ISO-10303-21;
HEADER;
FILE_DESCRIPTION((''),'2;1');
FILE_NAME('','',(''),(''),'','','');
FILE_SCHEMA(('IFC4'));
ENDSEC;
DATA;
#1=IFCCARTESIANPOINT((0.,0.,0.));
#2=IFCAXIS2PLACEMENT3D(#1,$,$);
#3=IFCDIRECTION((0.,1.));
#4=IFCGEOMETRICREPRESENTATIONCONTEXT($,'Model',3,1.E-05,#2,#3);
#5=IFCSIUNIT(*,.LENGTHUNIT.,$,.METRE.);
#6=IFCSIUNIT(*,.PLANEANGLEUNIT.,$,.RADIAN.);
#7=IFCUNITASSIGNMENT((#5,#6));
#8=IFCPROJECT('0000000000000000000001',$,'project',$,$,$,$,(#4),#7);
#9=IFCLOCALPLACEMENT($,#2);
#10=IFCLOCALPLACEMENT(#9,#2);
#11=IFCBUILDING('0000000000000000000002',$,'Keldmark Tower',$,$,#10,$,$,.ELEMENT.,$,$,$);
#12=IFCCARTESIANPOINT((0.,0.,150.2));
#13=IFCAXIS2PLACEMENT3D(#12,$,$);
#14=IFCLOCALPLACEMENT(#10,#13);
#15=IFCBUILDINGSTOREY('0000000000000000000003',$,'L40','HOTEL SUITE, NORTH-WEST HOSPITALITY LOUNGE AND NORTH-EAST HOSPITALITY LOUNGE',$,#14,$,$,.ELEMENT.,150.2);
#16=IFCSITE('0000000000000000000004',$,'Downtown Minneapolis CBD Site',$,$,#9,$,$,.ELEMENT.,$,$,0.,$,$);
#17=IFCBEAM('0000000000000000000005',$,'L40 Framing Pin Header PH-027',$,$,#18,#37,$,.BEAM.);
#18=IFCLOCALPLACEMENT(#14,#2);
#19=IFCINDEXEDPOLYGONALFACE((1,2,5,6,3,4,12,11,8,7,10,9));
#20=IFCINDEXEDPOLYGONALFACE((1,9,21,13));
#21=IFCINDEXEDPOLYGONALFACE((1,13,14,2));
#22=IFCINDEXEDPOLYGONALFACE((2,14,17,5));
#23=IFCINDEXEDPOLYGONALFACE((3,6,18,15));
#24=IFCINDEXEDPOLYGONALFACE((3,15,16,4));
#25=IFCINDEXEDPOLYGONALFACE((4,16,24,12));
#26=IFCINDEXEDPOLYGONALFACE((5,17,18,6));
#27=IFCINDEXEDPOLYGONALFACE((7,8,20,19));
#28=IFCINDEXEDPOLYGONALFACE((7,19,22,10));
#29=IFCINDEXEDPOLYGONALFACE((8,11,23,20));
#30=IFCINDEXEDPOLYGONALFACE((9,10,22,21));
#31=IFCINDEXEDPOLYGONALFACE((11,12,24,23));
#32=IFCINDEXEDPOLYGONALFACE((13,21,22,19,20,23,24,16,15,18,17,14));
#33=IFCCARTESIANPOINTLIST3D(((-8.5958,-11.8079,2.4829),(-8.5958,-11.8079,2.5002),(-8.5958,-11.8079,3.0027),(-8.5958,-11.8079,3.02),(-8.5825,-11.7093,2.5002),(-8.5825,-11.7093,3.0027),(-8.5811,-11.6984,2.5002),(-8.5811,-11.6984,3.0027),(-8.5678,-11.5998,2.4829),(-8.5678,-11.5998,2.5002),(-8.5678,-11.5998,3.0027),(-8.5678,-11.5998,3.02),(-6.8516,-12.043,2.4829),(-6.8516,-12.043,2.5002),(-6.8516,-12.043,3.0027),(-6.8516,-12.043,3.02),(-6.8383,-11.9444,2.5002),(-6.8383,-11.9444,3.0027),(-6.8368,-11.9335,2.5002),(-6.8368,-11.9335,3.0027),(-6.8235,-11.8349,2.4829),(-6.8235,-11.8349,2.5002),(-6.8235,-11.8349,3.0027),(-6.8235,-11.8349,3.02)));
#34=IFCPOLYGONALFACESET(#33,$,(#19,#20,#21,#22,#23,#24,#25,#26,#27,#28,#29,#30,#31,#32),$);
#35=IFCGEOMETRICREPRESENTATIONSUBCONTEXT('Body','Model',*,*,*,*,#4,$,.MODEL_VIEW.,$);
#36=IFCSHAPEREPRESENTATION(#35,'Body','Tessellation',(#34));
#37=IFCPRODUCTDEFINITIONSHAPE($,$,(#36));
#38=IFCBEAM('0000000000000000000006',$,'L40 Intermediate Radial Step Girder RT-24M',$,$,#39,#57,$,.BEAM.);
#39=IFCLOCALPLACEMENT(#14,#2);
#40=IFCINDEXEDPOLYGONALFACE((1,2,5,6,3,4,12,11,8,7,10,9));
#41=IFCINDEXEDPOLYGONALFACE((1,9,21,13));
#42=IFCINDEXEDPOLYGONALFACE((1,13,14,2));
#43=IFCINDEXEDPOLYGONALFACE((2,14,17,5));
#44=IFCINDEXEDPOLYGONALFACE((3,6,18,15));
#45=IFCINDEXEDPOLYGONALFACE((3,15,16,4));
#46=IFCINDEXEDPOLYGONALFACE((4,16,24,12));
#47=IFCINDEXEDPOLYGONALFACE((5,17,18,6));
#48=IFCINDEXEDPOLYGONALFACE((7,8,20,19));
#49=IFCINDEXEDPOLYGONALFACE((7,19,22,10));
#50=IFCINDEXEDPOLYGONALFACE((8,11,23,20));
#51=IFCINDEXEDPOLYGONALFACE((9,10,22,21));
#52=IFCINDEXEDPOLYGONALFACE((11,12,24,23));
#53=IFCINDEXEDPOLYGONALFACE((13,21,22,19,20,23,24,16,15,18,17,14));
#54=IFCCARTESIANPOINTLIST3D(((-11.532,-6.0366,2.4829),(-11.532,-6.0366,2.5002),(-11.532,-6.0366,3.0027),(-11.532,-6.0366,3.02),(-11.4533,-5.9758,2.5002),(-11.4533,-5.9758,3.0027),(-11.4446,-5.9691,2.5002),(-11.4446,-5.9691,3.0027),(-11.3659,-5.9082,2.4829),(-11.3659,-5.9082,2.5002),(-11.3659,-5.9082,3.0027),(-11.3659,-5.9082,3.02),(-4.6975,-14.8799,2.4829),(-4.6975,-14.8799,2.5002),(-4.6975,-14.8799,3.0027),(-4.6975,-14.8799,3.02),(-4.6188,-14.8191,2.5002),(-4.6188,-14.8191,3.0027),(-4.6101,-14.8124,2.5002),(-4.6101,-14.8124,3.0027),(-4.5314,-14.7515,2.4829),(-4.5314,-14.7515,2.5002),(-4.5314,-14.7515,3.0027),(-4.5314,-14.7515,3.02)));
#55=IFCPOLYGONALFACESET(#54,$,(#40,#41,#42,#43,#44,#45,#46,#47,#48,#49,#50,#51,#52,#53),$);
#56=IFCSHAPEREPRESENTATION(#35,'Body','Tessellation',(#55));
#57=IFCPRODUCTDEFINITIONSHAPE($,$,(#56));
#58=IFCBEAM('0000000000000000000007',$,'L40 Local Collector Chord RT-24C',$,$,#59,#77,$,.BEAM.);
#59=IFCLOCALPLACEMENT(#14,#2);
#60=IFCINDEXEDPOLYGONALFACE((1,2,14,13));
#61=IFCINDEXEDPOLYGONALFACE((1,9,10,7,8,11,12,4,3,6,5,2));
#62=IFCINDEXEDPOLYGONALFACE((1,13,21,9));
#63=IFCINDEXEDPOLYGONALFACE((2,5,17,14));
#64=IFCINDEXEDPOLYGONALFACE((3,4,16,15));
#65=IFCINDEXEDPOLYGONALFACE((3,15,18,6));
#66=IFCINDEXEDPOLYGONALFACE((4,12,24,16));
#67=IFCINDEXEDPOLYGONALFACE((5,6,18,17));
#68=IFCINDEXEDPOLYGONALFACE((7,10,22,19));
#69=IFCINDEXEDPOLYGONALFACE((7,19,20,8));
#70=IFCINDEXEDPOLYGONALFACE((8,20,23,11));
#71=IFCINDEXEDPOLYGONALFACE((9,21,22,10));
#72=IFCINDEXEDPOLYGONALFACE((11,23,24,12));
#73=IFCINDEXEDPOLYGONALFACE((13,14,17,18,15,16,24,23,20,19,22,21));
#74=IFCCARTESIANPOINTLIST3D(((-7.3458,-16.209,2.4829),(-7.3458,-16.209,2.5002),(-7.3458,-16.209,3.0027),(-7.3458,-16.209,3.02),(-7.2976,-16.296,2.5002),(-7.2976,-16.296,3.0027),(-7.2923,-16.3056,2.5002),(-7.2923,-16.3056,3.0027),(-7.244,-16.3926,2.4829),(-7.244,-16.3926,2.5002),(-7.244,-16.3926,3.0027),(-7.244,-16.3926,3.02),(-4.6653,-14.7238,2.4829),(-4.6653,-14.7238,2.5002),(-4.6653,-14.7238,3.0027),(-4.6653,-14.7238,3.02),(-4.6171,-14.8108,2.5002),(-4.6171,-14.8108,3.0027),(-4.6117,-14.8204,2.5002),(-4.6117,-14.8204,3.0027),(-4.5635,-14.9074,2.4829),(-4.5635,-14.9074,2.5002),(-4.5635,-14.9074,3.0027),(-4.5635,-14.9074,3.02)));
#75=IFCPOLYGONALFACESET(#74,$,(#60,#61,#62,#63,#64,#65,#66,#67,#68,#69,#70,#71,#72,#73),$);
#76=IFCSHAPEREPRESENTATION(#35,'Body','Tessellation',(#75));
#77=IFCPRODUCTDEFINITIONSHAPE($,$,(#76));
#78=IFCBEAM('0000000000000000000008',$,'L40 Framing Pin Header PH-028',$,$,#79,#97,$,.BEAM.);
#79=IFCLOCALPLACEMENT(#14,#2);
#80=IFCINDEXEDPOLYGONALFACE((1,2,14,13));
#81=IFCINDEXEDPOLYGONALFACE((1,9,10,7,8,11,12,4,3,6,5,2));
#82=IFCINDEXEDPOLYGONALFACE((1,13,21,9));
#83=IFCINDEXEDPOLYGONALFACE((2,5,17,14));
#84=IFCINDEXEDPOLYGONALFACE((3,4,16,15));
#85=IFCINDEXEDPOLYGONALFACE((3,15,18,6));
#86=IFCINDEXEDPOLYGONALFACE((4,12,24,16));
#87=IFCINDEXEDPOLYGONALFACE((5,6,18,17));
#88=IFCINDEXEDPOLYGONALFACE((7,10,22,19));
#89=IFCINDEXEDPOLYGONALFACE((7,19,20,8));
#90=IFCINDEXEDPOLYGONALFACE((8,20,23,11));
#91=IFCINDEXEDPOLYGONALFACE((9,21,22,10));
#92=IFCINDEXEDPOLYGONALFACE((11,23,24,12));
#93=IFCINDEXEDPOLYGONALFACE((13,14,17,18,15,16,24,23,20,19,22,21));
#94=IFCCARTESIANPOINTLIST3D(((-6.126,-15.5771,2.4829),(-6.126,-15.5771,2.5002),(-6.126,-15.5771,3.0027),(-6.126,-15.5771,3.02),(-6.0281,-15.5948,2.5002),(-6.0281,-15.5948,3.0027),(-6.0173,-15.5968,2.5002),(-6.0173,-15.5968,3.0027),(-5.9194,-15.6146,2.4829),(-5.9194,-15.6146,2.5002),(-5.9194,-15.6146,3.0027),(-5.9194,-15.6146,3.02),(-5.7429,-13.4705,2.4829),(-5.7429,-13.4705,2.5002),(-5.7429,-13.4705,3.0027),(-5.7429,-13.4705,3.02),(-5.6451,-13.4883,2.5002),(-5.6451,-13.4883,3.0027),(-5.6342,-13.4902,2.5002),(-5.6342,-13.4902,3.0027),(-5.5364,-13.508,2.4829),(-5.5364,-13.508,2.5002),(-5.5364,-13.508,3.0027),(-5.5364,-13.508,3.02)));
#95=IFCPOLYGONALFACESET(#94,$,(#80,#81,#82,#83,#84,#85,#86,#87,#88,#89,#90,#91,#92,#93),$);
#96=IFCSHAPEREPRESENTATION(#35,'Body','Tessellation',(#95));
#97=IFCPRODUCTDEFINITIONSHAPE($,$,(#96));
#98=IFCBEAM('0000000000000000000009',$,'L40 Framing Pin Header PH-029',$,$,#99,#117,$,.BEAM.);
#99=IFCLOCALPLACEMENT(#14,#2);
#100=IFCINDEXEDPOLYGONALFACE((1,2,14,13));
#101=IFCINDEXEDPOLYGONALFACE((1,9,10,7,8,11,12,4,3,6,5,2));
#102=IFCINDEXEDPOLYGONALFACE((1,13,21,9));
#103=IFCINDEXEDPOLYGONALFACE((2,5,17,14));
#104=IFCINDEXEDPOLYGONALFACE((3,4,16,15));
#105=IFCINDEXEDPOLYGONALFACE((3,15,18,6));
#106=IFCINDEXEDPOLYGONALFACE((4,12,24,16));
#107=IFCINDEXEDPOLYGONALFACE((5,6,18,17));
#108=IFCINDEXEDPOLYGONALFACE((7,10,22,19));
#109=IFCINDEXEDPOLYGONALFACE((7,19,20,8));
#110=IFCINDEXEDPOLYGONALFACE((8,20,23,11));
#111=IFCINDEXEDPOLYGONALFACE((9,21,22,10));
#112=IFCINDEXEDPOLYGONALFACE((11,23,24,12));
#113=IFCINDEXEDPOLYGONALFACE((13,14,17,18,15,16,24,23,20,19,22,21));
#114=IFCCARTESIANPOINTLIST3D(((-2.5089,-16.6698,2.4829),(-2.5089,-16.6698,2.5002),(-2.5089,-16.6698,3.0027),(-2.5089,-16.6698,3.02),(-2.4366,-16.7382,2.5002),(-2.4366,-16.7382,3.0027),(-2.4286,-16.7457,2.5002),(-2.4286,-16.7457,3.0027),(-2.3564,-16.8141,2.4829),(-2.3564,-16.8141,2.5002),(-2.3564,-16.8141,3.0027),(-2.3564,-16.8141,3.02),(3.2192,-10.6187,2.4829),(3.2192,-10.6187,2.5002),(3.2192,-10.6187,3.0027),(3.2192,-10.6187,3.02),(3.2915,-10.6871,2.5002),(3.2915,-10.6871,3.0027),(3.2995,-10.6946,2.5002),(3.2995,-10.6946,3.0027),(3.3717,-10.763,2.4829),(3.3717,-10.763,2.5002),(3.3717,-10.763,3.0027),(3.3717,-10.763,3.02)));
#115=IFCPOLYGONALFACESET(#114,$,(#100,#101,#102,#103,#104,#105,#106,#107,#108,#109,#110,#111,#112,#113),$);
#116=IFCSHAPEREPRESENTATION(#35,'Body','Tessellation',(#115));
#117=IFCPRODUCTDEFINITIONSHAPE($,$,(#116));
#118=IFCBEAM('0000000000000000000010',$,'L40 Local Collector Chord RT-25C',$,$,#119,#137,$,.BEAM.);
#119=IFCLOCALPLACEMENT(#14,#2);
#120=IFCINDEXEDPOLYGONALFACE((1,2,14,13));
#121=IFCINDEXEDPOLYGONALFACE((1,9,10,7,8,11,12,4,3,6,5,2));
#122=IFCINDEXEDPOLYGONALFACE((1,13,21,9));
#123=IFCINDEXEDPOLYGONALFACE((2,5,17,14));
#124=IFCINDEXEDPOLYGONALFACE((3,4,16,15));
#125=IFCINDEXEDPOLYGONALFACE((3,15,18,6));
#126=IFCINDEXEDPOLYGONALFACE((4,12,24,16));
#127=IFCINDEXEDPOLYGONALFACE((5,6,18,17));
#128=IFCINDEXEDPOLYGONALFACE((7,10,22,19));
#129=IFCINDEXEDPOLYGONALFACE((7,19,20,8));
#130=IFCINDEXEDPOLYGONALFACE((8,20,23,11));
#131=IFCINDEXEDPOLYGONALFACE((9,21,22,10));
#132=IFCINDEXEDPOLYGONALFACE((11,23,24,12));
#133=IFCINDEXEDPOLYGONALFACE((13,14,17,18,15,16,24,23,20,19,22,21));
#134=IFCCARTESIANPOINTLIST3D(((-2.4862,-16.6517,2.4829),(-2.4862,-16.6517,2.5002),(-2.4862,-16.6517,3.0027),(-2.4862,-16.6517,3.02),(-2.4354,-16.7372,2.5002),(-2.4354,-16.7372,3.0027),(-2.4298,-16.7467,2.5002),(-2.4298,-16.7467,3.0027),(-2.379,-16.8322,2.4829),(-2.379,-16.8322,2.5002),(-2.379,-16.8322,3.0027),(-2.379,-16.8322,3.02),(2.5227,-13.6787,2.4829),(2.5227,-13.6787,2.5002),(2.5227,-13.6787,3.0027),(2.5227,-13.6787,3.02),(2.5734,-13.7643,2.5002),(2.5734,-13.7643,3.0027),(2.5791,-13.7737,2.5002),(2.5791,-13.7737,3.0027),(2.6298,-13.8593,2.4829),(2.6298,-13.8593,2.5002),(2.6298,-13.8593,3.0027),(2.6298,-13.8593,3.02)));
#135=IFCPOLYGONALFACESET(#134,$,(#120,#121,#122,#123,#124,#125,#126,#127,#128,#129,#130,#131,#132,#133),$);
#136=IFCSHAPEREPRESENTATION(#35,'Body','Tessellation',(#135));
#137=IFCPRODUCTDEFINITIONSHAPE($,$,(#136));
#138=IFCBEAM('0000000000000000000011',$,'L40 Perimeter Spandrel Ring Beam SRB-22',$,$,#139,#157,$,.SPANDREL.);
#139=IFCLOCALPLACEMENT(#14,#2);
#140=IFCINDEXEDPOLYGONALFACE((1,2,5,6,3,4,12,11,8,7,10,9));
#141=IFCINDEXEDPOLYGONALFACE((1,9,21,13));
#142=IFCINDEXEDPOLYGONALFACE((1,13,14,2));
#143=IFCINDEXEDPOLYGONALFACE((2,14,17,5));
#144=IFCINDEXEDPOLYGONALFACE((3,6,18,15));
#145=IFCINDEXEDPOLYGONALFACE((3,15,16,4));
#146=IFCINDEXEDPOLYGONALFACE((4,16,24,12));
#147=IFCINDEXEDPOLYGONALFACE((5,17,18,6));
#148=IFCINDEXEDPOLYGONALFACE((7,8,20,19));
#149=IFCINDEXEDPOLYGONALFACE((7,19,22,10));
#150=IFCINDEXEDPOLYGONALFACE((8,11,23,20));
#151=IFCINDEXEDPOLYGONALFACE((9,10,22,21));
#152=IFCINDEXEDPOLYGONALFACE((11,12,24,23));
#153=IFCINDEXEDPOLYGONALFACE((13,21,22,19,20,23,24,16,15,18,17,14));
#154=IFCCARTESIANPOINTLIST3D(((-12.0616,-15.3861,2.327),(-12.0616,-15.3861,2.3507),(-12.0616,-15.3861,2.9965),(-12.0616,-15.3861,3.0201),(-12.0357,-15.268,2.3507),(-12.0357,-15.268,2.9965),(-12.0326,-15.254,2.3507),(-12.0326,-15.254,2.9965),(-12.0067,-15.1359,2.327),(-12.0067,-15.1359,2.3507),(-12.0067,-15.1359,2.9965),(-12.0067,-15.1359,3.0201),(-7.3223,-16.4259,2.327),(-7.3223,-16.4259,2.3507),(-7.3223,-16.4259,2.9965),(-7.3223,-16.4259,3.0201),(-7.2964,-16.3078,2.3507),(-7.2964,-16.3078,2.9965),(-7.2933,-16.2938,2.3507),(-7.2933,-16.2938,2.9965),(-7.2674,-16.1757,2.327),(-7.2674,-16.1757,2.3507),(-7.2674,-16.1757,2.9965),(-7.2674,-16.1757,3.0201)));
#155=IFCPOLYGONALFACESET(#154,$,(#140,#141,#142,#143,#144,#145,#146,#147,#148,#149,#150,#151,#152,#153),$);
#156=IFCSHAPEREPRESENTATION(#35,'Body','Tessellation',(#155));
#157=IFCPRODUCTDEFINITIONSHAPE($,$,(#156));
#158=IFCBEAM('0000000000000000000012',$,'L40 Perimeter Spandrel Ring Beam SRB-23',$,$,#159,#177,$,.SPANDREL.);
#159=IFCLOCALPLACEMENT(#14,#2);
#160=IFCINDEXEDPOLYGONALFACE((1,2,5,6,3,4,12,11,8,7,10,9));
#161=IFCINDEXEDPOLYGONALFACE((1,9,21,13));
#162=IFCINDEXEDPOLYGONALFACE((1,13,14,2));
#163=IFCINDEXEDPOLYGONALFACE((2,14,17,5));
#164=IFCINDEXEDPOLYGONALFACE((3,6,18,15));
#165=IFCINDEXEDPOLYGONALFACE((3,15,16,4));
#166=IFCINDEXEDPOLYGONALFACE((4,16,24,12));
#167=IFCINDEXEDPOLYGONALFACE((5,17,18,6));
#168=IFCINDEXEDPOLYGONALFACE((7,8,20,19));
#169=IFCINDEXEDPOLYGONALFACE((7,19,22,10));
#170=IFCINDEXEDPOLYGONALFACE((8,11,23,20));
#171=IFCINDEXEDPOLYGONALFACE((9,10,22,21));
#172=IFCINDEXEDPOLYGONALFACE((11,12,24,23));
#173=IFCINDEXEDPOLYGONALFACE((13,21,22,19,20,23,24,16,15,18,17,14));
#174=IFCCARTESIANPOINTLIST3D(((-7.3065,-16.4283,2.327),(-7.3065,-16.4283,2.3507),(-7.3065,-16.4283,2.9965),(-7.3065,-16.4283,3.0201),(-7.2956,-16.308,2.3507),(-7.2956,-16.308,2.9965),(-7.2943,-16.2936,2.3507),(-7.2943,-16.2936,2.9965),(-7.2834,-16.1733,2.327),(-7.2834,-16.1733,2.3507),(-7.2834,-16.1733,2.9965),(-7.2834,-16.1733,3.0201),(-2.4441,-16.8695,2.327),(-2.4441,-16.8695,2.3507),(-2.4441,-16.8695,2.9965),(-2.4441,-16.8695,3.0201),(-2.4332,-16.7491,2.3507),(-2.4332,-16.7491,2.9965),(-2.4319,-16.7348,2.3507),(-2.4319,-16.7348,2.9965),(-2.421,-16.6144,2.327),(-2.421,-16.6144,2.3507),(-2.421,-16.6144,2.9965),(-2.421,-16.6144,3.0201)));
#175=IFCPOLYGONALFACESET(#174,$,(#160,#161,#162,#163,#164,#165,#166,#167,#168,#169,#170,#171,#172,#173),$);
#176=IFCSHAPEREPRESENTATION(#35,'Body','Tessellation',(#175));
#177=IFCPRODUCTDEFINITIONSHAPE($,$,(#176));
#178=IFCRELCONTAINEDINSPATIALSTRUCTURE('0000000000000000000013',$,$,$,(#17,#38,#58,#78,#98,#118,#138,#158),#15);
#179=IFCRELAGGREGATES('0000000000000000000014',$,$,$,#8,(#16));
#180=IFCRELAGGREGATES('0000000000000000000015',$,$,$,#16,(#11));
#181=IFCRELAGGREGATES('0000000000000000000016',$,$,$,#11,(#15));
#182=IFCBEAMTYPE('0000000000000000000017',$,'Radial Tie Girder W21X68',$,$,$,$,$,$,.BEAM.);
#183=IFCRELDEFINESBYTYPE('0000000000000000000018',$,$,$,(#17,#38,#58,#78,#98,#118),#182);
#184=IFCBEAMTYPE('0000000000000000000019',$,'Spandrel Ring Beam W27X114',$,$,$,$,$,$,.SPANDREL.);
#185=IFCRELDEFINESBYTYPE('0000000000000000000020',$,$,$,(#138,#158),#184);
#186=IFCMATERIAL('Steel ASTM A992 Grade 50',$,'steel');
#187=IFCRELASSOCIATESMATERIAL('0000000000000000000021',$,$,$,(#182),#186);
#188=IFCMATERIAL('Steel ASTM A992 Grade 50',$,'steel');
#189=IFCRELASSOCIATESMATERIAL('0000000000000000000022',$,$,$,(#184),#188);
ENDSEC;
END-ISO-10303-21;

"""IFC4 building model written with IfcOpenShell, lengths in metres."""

from ifc_helpers import new_model, si_unit, direction, frame, origin, origin_2d, place, context, subcontext, project, spatial, i_section, extrude, material, material_profile, profile_set, type_object, element, save


model = new_model("IFC4")

# Units and contexts
model_context = context("Model", 3, precision=1e-05, world=origin(), true_north=direction((0.0, 1.0)))
body_context = subcontext(model_context, "Body", "Model", "MODEL_VIEW")
ifc_project = project(units=[si_unit("LENGTHUNIT", "METRE"), si_unit("PLANEANGLEUNIT", "RADIAN")], contexts=[model_context])

# Site, building, storey
site_placement = place(None, origin())
site = spatial("IfcSite", under=ifc_project, at=site_placement, Name="Downtown Minneapolis CBD Site", CompositionType="ELEMENT", RefElevation=0.0)
building_placement = place(site_placement, origin())
building = spatial("IfcBuilding", under=site, at=building_placement, Name="Keldmark Tower", CompositionType="ELEMENT")
storey_placement = place(building_placement, frame((0.0, 0.0, 150.2)))
storey = spatial("IfcBuildingStorey", under=building, at=storey_placement, Name="L40", Description="HOTEL SUITE, NORTH-WEST HOSPITALITY LOUNGE AND NORTH-EAST HOSPITALITY LOUNGE", CompositionType="ELEMENT", Elevation=150.2)

# Beams
ifc_material_1 = material(Name="Steel ASTM A992 Grade 50", Category="steel")
ifc_material_profile_1 = material_profile(ifc_material_1, i_section(OverallWidth=0.21, OverallDepth=0.5371, WebThickness=0.011, FlangeThickness=0.0173, at=origin_2d()), Name="W21X68")
ifc_profile_set_1 = profile_set([ifc_material_profile_1], Name="Steel ASTM A992 Grade 50")
beam_type_1 = type_object("IfcBeamType", Name="Radial Tie Girder W21X68", PredefinedType="BEAM", material=ifc_profile_set_1)
beam_1_placement = place(storey_placement, frame((-8.5818, -11.7039, 2.7515), z_axis=(0.991037, -0.13359, 0.0), x_axis=(0.13359, 0.991037, 0.0)))
element("IfcBeam", 1, at=beam_1_placement, inside=storey, type_object=beam_type_1, Name="L40 Framing Pin Header PH-027", PredefinedType="BEAM", context=body_context, shape_type="SweptSolid", body=[
    extrude(i_section(OverallWidth=0.21, OverallDepth=0.5371, WebThickness=0.011, FlangeThickness=0.0173, at=origin_2d()), origin(), (0.0, 0.0, 1.0), 1.76),
])
beam_2_placement = place(storey_placement, frame((-11.449, -5.9724, 2.7515), z_axis=(0.611506, -0.79124, 0.0), x_axis=(0.79124, 0.611506, 0.0)))
element("IfcBeam", 2, at=beam_2_placement, inside=storey, type_object=beam_type_1, Name="L40 Intermediate Radial Step Girder RT-24M", PredefinedType="BEAM", context=body_context, shape_type="SweptSolid", body=[
    extrude(i_section(OverallWidth=0.21, OverallDepth=0.5371, WebThickness=0.011, FlangeThickness=0.0173, at=origin_2d()), origin(), (0.0, 0.0, 1.0), 11.1765),
])
beam_3_placement = place(storey_placement, frame((-7.2949, -16.3008, 2.7515), z_axis=(0.874713, 0.484641, 0.0), x_axis=(-0.484641, 0.874713, 0.0)))
element("IfcBeam", 3, at=beam_3_placement, inside=storey, type_object=beam_type_1, Name="L40 Local Collector Chord RT-24C", PredefinedType="BEAM", context=body_context, shape_type="SweptSolid", body=[
    extrude(i_section(OverallWidth=0.21, OverallDepth=0.5371, WebThickness=0.011, FlangeThickness=0.0173, at=origin_2d()), origin(), (0.0, 0.0, 1.0), 3.0645),
])
beam_4_placement = place(storey_placement, frame((-5.6396, -13.4893, 2.7515), z_axis=(-0.178895, -0.983868, 0.0), x_axis=(0.983868, -0.178895, 0.0)))
element("IfcBeam", 4, at=beam_4_placement, inside=storey, type_object=beam_type_1, Name="L40 Framing Pin Header PH-028", PredefinedType="BEAM", context=body_context, shape_type="SweptSolid", body=[
    extrude(i_section(OverallWidth=0.21, OverallDepth=0.5371, WebThickness=0.011, FlangeThickness=0.0173, at=origin_2d()), origin(), (0.0, 0.0, 1.0), 2.1411),
])
beam_5_placement = place(storey_placement, frame((-2.4326, -16.7419, 2.7515), z_axis=(0.687459, 0.726224, 0.0), x_axis=(-0.726224, 0.687459, 0.0)))
element("IfcBeam", 5, at=beam_5_placement, inside=storey, type_object=beam_type_1, Name="L40 Framing Pin Header PH-029", PredefinedType="BEAM", context=body_context, shape_type="SweptSolid", body=[
    extrude(i_section(OverallWidth=0.21, OverallDepth=0.5371, WebThickness=0.011, FlangeThickness=0.0173, at=origin_2d()), origin(), (0.0, 0.0, 1.0), 8.3323),
])
beam_6_placement = place(storey_placement, frame((-2.4326, -16.7419, 2.7515), z_axis=(0.859935, 0.510403, 0.0), x_axis=(-0.510403, 0.859935, 0.0)))
element("IfcBeam", 6, at=beam_6_placement, inside=storey, type_object=beam_type_1, Name="L40 Local Collector Chord RT-25C", PredefinedType="BEAM", context=body_context, shape_type="SweptSolid", body=[
    extrude(i_section(OverallWidth=0.21, OverallDepth=0.5371, WebThickness=0.011, FlangeThickness=0.0173, at=origin_2d()), origin(), (0.0, 0.0, 1.0), 5.8247),
])
ifc_material_2 = material(Name="Steel ASTM A992 Grade 50", Category="steel")
ifc_material_profile_2 = material_profile(ifc_material_2, i_section(OverallWidth=0.2561, OverallDepth=0.6931, WebThickness=0.0144, FlangeThickness=0.0237, at=origin_2d()), Name="W27X114")
ifc_profile_set_2 = profile_set([ifc_material_profile_2], Name="Steel ASTM A992 Grade 50")
beam_type_2 = type_object("IfcBeamType", Name="Spandrel Ring Beam W27X114", PredefinedType="SPANDREL", material=ifc_profile_set_2)
beam_7_placement = place(storey_placement, frame((-12.0342, -15.261, 2.6736), z_axis=(0.976767, -0.214303, 0.0), x_axis=(0.214303, 0.976767, 0.0)))
element("IfcBeam", 7, at=beam_7_placement, inside=storey, type_object=beam_type_2, Name="L40 Perimeter Spandrel Ring Beam SRB-22", PredefinedType="SPANDREL", context=body_context, shape_type="SweptSolid", body=[
    extrude(i_section(OverallWidth=0.2561, OverallDepth=0.6931, WebThickness=0.0144, FlangeThickness=0.0237, at=origin_2d()), origin(), (0.0, 0.0, 1.0), 4.8521),
])
beam_8_placement = place(storey_placement, frame((-7.2949, -16.3008, 2.6736), z_axis=(0.995909, -0.09036, 0.0), x_axis=(0.09036, 0.995909, 0.0)))
element("IfcBeam", 8, at=beam_8_placement, inside=storey, type_object=beam_type_2, Name="L40 Perimeter Spandrel Ring Beam SRB-23", PredefinedType="SPANDREL", context=body_context, shape_type="SweptSolid", body=[
    extrude(i_section(OverallWidth=0.2561, OverallDepth=0.6931, WebThickness=0.0144, FlangeThickness=0.0237, at=origin_2d()), origin(), (0.0, 0.0, 1.0), 4.8823),
])

save(model, "model.ifc")
